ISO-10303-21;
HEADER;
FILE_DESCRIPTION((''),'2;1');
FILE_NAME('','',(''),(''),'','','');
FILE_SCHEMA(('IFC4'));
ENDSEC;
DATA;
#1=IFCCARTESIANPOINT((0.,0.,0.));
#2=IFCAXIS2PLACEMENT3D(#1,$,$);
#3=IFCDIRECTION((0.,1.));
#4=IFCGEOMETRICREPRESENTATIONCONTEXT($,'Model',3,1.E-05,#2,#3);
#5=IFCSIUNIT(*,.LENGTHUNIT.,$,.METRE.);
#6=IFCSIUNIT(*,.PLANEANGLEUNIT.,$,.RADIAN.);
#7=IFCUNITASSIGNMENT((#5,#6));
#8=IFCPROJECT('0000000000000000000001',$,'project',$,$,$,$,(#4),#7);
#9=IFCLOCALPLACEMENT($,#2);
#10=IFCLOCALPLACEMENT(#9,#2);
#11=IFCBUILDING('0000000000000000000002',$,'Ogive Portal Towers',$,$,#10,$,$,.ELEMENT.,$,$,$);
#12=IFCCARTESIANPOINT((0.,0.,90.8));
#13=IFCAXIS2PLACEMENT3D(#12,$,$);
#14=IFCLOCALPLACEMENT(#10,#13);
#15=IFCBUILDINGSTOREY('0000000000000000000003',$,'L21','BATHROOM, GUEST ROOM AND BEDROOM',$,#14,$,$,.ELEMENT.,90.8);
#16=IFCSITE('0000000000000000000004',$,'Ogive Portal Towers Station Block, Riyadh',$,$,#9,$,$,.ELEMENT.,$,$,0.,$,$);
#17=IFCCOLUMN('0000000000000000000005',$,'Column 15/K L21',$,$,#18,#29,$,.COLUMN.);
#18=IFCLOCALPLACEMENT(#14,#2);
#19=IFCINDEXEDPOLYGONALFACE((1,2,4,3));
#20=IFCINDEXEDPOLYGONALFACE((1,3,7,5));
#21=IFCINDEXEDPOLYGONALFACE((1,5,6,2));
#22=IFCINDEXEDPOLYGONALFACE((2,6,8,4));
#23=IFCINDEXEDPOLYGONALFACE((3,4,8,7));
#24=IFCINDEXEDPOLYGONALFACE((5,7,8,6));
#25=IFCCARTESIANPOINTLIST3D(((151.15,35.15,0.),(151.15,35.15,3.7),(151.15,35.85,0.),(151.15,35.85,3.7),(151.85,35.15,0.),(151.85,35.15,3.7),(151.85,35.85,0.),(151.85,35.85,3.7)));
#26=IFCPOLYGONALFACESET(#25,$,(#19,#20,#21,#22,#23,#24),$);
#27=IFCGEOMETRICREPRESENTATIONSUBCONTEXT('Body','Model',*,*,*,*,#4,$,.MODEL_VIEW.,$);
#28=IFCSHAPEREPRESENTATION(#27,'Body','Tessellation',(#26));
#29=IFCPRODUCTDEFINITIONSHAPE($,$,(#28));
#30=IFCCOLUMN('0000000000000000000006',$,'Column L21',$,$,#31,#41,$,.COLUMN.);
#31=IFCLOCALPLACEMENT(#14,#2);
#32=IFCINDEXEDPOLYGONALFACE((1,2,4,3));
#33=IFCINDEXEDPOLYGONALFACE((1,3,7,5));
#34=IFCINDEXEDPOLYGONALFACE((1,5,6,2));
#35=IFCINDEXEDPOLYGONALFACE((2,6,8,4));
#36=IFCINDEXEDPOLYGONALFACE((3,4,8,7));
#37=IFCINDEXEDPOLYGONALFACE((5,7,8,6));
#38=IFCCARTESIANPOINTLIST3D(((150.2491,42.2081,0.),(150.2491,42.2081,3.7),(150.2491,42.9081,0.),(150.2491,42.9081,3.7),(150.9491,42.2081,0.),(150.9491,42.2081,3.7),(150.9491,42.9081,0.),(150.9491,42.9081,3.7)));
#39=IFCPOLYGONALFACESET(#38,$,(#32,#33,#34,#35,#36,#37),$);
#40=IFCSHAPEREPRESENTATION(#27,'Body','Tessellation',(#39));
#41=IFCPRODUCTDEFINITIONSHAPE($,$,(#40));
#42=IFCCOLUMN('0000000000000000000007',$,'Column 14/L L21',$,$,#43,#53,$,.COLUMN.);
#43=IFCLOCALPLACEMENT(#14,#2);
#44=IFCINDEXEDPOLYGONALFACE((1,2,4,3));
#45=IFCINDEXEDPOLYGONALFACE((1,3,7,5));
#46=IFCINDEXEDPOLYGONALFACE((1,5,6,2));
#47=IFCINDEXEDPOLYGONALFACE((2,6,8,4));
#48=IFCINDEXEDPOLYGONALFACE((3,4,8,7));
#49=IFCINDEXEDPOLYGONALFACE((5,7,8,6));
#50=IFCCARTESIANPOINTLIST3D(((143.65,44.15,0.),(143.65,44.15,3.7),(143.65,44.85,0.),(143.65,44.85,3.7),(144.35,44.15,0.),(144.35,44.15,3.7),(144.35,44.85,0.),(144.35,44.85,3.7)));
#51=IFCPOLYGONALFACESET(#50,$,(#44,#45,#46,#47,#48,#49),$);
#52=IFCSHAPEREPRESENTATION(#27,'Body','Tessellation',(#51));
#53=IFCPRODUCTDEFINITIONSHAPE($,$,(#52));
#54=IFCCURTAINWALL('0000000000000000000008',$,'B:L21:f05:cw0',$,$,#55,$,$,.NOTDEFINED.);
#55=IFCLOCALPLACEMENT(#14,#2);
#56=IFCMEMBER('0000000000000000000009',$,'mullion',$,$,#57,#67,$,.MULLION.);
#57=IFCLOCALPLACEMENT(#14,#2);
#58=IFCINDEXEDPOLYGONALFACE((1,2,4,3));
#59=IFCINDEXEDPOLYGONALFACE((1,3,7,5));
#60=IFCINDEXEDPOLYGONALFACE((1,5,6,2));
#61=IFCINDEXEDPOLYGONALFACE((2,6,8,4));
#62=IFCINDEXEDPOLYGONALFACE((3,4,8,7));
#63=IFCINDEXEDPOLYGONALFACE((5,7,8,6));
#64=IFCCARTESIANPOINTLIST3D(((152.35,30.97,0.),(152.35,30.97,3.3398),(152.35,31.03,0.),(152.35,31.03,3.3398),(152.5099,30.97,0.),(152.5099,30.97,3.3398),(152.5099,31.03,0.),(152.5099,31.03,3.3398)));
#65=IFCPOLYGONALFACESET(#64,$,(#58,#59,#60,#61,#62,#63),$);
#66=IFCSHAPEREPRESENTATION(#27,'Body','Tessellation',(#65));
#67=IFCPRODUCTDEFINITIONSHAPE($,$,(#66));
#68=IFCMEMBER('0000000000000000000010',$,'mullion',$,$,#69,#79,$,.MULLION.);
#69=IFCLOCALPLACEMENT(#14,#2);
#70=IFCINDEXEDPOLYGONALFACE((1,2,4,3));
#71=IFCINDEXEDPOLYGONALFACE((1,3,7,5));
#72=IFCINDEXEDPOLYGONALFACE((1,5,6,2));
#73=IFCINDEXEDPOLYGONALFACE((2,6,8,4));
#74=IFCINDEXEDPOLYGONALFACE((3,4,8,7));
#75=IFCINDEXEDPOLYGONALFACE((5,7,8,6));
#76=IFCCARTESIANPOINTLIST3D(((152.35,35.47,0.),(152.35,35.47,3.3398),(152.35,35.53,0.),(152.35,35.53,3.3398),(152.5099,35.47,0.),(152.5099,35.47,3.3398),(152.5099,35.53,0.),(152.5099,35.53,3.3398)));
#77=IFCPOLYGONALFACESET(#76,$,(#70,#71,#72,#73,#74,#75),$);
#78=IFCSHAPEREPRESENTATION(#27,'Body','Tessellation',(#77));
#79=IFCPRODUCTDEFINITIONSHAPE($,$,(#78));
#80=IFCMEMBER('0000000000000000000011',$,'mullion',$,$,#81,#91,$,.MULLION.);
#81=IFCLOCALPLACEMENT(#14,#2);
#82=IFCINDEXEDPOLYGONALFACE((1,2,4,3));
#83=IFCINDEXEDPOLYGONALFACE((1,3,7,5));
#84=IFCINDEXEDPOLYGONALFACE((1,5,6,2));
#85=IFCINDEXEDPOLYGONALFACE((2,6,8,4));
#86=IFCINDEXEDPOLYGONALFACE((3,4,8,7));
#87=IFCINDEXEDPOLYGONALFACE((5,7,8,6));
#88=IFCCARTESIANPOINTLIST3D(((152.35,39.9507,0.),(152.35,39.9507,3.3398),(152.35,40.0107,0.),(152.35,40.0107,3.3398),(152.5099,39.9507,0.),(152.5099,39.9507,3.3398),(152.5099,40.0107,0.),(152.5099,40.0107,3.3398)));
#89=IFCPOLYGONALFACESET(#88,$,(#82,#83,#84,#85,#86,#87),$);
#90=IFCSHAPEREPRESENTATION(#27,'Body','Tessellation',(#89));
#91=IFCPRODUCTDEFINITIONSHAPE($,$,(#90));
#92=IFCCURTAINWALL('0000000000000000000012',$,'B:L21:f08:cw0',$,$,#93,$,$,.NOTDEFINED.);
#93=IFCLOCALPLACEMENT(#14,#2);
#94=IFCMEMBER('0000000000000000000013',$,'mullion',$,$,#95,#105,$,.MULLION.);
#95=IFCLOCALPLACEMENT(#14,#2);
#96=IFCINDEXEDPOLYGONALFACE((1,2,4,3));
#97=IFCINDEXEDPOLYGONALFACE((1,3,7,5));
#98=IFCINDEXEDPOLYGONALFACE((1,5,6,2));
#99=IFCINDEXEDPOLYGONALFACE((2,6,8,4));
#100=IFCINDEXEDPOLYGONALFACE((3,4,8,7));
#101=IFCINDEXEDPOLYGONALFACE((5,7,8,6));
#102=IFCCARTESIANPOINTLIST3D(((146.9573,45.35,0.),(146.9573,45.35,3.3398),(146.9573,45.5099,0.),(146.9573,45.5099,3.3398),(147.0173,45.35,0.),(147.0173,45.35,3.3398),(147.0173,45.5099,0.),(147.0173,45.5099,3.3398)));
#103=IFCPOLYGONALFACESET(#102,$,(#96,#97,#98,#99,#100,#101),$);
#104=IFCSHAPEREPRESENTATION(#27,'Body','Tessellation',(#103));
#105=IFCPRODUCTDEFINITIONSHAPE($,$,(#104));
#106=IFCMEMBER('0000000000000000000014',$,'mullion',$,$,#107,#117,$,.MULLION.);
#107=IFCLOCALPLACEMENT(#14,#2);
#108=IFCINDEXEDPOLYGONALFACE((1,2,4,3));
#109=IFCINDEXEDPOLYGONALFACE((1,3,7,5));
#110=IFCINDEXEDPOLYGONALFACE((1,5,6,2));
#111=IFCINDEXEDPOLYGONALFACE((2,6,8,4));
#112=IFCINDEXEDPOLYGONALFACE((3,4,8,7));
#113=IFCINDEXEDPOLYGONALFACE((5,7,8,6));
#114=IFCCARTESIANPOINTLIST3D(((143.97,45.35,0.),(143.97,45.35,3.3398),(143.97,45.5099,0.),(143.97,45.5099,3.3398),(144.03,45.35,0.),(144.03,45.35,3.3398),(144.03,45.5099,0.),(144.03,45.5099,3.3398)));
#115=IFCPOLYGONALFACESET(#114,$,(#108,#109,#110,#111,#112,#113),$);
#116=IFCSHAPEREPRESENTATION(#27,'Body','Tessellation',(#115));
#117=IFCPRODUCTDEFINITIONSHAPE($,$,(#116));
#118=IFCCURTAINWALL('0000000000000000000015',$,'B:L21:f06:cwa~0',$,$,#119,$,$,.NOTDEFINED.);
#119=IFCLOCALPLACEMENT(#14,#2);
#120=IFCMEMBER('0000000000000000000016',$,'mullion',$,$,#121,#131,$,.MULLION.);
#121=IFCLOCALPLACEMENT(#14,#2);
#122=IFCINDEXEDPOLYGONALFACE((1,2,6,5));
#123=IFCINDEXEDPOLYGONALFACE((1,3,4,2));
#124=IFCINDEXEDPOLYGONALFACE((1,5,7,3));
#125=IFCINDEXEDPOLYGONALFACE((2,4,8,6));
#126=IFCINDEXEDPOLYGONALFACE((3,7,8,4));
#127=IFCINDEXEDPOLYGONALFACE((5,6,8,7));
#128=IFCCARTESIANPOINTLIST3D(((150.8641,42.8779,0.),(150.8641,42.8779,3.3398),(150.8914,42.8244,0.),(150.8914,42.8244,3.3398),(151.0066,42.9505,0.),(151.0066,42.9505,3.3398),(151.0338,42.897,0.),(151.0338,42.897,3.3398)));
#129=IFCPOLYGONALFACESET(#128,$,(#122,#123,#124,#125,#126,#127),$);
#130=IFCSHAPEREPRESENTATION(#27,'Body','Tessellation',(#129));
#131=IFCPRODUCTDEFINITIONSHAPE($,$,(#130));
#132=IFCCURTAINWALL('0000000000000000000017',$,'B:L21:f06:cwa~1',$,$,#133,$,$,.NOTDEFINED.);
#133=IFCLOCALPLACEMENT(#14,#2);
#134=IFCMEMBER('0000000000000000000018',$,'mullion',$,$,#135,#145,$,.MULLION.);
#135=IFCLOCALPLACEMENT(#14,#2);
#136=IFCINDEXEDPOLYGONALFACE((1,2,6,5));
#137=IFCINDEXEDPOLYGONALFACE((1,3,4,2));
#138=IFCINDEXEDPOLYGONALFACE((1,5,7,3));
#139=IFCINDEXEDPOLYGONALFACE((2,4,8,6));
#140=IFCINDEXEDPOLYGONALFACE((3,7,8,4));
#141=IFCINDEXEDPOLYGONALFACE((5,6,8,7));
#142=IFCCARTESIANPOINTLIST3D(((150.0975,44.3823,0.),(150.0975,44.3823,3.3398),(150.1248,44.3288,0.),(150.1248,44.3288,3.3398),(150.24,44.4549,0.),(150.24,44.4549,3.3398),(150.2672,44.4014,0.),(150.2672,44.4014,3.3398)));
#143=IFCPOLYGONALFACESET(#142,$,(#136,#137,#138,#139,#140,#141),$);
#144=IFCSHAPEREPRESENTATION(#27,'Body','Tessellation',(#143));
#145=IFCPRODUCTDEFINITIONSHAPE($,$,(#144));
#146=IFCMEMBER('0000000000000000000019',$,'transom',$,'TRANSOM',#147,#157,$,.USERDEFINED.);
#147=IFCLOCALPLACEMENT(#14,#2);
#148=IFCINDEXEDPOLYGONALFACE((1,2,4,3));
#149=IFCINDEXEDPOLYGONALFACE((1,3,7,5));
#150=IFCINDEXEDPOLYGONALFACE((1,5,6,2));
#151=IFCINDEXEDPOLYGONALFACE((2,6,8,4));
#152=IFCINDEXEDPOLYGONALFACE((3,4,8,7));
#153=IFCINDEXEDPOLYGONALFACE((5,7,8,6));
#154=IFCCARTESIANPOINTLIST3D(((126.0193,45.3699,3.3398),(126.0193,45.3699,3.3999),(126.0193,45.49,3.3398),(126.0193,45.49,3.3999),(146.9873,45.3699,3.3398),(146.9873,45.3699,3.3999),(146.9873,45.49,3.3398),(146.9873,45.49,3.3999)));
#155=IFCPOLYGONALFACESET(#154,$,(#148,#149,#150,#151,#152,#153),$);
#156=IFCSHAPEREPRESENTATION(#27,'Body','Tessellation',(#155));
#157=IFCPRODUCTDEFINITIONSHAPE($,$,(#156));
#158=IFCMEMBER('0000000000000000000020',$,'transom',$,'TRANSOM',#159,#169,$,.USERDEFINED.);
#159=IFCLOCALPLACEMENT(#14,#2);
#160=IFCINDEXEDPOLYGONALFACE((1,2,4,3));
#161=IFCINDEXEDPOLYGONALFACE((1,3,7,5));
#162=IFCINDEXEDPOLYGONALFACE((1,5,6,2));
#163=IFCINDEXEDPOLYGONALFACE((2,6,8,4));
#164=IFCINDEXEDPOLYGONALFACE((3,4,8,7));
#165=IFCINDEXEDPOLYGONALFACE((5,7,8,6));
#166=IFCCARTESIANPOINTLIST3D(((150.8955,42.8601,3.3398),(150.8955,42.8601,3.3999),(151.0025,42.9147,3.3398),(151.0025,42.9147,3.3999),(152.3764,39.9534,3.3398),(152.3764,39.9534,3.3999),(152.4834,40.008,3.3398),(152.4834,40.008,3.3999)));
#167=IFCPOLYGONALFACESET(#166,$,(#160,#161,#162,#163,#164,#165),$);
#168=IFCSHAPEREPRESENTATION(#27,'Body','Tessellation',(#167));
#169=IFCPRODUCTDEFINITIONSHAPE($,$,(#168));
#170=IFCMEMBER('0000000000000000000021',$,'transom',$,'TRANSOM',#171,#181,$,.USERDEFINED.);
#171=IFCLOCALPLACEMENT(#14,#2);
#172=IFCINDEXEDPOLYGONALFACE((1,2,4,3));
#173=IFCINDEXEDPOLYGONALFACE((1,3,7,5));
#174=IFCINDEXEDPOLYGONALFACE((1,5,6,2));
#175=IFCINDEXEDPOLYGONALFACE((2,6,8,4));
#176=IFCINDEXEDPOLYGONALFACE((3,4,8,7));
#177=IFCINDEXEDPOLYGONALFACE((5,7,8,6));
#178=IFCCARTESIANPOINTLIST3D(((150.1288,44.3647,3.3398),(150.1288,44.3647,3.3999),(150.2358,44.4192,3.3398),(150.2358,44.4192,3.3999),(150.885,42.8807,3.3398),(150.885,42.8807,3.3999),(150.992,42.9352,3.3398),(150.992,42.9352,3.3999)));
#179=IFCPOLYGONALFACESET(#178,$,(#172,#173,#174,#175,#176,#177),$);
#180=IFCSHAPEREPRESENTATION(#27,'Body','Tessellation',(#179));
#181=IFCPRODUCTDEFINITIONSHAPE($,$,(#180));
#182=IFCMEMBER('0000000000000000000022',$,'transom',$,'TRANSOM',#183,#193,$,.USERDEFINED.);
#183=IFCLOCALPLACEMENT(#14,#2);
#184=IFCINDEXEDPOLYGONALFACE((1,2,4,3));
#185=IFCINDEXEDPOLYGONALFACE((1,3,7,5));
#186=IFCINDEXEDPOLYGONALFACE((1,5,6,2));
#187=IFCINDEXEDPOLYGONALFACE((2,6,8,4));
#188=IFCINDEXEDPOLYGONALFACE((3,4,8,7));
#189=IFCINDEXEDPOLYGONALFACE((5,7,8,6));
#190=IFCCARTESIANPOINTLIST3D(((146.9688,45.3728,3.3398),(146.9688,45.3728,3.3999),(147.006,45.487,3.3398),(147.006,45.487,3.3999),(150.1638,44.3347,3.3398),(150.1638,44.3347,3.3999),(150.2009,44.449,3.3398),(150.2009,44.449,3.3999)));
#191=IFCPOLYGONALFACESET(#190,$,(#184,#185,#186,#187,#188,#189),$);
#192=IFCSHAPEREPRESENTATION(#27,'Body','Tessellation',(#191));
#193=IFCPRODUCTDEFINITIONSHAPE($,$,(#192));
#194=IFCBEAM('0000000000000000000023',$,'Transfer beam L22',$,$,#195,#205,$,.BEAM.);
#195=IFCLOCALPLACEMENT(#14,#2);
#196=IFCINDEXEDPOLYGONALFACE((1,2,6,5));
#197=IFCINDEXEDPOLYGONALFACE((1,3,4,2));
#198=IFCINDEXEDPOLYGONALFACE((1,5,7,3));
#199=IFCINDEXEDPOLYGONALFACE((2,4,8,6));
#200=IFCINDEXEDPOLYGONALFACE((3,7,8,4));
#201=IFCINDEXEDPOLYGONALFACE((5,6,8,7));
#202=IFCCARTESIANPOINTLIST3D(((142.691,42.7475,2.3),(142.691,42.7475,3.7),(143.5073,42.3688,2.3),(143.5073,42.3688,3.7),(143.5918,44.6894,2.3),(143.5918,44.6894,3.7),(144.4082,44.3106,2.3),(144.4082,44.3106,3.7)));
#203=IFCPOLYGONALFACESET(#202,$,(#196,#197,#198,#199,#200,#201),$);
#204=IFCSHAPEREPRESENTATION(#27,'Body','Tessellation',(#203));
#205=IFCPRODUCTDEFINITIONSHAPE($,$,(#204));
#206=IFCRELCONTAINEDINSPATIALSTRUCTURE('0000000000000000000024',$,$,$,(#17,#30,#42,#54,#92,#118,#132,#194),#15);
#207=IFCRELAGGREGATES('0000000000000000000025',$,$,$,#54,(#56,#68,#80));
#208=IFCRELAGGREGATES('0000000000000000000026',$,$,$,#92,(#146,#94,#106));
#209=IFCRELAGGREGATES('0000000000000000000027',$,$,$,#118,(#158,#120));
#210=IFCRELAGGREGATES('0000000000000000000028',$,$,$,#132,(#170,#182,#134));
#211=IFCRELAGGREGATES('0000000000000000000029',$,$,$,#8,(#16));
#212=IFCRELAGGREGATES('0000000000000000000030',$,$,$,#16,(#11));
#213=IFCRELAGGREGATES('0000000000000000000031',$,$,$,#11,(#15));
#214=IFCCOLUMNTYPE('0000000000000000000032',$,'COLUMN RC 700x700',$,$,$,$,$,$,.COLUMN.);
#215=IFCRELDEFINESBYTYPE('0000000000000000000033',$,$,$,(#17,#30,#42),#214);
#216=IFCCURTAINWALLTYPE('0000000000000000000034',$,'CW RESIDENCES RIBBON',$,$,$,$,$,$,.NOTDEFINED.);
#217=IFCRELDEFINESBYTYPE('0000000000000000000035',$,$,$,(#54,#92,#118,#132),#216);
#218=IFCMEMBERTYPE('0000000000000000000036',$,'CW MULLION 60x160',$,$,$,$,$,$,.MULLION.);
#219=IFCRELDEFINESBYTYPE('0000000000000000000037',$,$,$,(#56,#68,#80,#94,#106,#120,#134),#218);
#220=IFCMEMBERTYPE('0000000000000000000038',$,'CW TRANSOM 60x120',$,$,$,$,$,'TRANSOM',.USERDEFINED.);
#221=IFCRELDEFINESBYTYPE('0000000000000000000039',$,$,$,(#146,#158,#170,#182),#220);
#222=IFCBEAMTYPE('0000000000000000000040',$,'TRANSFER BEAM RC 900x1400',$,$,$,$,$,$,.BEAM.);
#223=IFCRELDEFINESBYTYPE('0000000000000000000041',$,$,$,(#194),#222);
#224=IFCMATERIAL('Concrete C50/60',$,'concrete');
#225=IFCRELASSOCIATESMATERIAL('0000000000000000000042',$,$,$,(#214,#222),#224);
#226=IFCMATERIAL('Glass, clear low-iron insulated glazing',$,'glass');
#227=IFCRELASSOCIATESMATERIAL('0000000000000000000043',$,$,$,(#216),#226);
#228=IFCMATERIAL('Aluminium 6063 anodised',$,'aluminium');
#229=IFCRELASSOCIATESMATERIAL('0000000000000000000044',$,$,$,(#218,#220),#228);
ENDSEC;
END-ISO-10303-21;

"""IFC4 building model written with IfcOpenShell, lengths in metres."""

from ifc_helpers import new_model, si_unit, direction, frame, origin, origin_2d, place, context, subcontext, project, spatial, rectangle, extrude, material, material_profile, profile_set, type_object, element, aggregate, save


model = new_model("IFC4")

# Units and contexts
model_context = context("Model", 3, precision=1e-05, world=origin(), true_north=direction((0.0, 1.0)))
body_context = subcontext(model_context, "Body", "Model", "MODEL_VIEW")
ifc_project = project(units=[si_unit("LENGTHUNIT", "METRE"), si_unit("PLANEANGLEUNIT", "RADIAN")], contexts=[model_context])

# Site, building, storey
site_placement = place(None, origin())
site = spatial("IfcSite", under=ifc_project, at=site_placement, Name="Ogive Portal Towers Station Block, Riyadh", CompositionType="ELEMENT", RefElevation=0.0)
building_placement = place(site_placement, origin())
building = spatial("IfcBuilding", under=site, at=building_placement, Name="Ogive Portal Towers", CompositionType="ELEMENT")
storey_placement = place(building_placement, frame((0.0, 0.0, 90.8)))
storey = spatial("IfcBuildingStorey", under=building, at=storey_placement, Name="L21", Description="BATHROOM, GUEST ROOM AND BEDROOM", CompositionType="ELEMENT", Elevation=90.8)

# Columns
ifc_material_1 = material(Name="Concrete C50/60", Category="concrete")
ifc_material_profile_1 = material_profile(ifc_material_1, rectangle(XDim=0.7, YDim=0.7, at=origin_2d()), Name="RC 700x700")
ifc_profile_set_1 = profile_set([ifc_material_profile_1], Name="Concrete C50/60")
column_type = type_object("IfcColumnType", Name="COLUMN RC 700x700", PredefinedType="COLUMN", material=ifc_profile_set_1)
for number, where, z_axis, x_axis, name in (
    (1, (151.5, 35.5, 0.0), (0.0, 0.0, 1.0), (1.0, 0.0, 0.0), "Column 15/K L21"),
    (2, (150.5991, 42.5581, 0.0), (0.0, 0.0, 1.0), (1.0, 0.0, 0.0), "Column L21"),
    (3, (144.0, 44.5, 0.0), (0.0, 0.0, 1.0), (1.0, 0.0, 0.0), "Column 14/L L21"),
):
    element("IfcColumn", number, at=place(storey_placement, frame(where, z_axis=z_axis, x_axis=x_axis)), inside=storey, type_object=column_type, Name=name, PredefinedType="COLUMN", context=body_context, shape_type="SweptSolid", body=[
        extrude(rectangle(XDim=0.7, YDim=0.7, at=origin_2d()), origin(), (0.0, 0.0, 1.0), 3.7),
    ])

# Curtain walls, members
ifc_material_2 = material(Name="Glass, clear low-iron insulated glazing", Category="glass")
curtain_wall_type = type_object("IfcCurtainWallType", Name="CW RESIDENCES RIBBON", PredefinedType="NOTDEFINED", material=ifc_material_2)
curtain_wall_1_placement = place(storey_placement, origin())
curtain_wall_1 = element("IfcCurtainWall", 4, at=curtain_wall_1_placement, inside=storey, type_object=curtain_wall_type, Name="B:L21:f05:cw0", PredefinedType="NOTDEFINED")
ifc_material_3 = material(Name="Aluminium 6063 anodised", Category="aluminium")
ifc_material_profile_2 = material_profile(ifc_material_3, rectangle(XDim=0.1599, YDim=0.0601, at=origin_2d()), Name="AL 60x160")
ifc_profile_set_2 = profile_set([ifc_material_profile_2], Name="Aluminium 6063 anodised")
member_type_1 = type_object("IfcMemberType", Name="CW MULLION 60x160", PredefinedType="MULLION", material=ifc_profile_set_2)
member_1_placement = place(storey_placement, frame((152.4299, 31.0, 0.0), z_axis=(0.0, 0.0, 1.0), x_axis=(-1.0, 0.0, 0.0)))
member_1 = element("IfcMember", 5, at=member_1_placement, type_object=member_type_1, Name="mullion", PredefinedType="MULLION", context=body_context, shape_type="SweptSolid", body=[
    extrude(rectangle(XDim=0.1599, YDim=0.0601, at=origin_2d()), origin(), (0.0, 0.0, 1.0), 3.3398),
])
member_2_placement = place(storey_placement, frame((152.4299, 35.5, 0.0), z_axis=(0.0, 0.0, 1.0), x_axis=(-1.0, 0.0, 0.0)))
member_2 = element("IfcMember", 6, at=member_2_placement, type_object=member_type_1, Name="mullion", PredefinedType="MULLION", context=body_context, shape_type="SweptSolid", body=[
    extrude(rectangle(XDim=0.1599, YDim=0.0601, at=origin_2d()), origin(), (0.0, 0.0, 1.0), 3.3398),
])
member_3_placement = place(storey_placement, frame((152.4299, 39.9807, 0.0), z_axis=(0.0, 0.0, 1.0), x_axis=(-1.0, 0.0, 0.0)))
member_3 = element("IfcMember", 7, at=member_3_placement, type_object=member_type_1, Name="mullion", PredefinedType="MULLION", context=body_context, shape_type="SweptSolid", body=[
    extrude(rectangle(XDim=0.1599, YDim=0.0601, at=origin_2d()), origin(), (0.0, 0.0, 1.0), 3.3398),
])
curtain_wall_2_placement = place(storey_placement, origin())
curtain_wall_2 = element("IfcCurtainWall", 8, at=curtain_wall_2_placement, inside=storey, type_object=curtain_wall_type, Name="B:L21:f08:cw0", PredefinedType="NOTDEFINED")
member_4_placement = place(storey_placement, frame((146.9873, 45.4299, 0.0), z_axis=(0.0, 0.0, 1.0), x_axis=(0.0, -1.0, 0.0)))
member_4 = element("IfcMember", 9, at=member_4_placement, type_object=member_type_1, Name="mullion", PredefinedType="MULLION", context=body_context, shape_type="SweptSolid", body=[
    extrude(rectangle(XDim=0.1599, YDim=0.0601, at=origin_2d()), origin(), (0.0, 0.0, 1.0), 3.3398),
])
member_5_placement = place(storey_placement, frame((144.0, 45.4299, 0.0), z_axis=(0.0, 0.0, 1.0), x_axis=(0.0, -1.0, 0.0)))
member_5 = element("IfcMember", 10, at=member_5_placement, type_object=member_type_1, Name="mullion", PredefinedType="MULLION", context=body_context, shape_type="SweptSolid", body=[
    extrude(rectangle(XDim=0.1599, YDim=0.0601, at=origin_2d()), origin(), (0.0, 0.0, 1.0), 3.3398),
])

# Curtain walls, members
curtain_wall_3_placement = place(storey_placement, origin())
curtain_wall_3 = element("IfcCurtainWall", 11, at=curtain_wall_3_placement, inside=storey, type_object=curtain_wall_type, Name="B:L21:f06:cwa~0", PredefinedType="NOTDEFINED")
member_6_placement = place(storey_placement, frame((150.949, 42.8875, 0.0), z_axis=(0.0, 0.0, 1.0), x_axis=(-0.891007, -0.45399, 0.0)))
member_6 = element("IfcMember", 12, at=member_6_placement, type_object=member_type_1, Name="mullion", PredefinedType="MULLION", context=body_context, shape_type="SweptSolid", body=[
    extrude(rectangle(XDim=0.1599, YDim=0.0601, at=origin_2d()), origin(), (0.0, 0.0, 1.0), 3.3398),
])
curtain_wall_4_placement = place(storey_placement, origin())
curtain_wall_4 = element("IfcCurtainWall", 13, at=curtain_wall_4_placement, inside=storey, type_object=curtain_wall_type, Name="B:L21:f06:cwa~1", PredefinedType="NOTDEFINED")
member_7_placement = place(storey_placement, frame((150.1824, 44.3918, 0.0), z_axis=(0.0, 0.0, 1.0), x_axis=(-0.891007, -0.45399, 0.0)))
member_7 = element("IfcMember", 14, at=member_7_placement, type_object=member_type_1, Name="mullion", PredefinedType="MULLION", context=body_context, shape_type="SweptSolid", body=[
    extrude(rectangle(XDim=0.1599, YDim=0.0601, at=origin_2d()), origin(), (0.0, 0.0, 1.0), 3.3398),
])

# Members
ifc_material_profile_3 = material_profile(ifc_material_3, rectangle(XDim=0.1201, YDim=0.0601, at=origin_2d()), Name="AL 120x60")
ifc_profile_set_3 = profile_set([ifc_material_profile_3], Name="Aluminium 6063 anodised")
member_type_2 = type_object("IfcMemberType", Name="CW TRANSOM 60x120", ElementType="TRANSOM", PredefinedType="USERDEFINED", material=ifc_profile_set_3)
member_8_placement = place(storey_placement, frame((146.9873, 45.4299, 3.3699), z_axis=(-1.0, 0.0, 0.0), x_axis=(0.0, -1.0, 0.0)))
member_8 = element("IfcMember", 15, at=member_8_placement, type_object=member_type_2, Name="transom", ObjectType="TRANSOM", PredefinedType="USERDEFINED", context=body_context, shape_type="SweptSolid", body=[
    extrude(rectangle(XDim=0.1201, YDim=0.0601, at=origin_2d()), origin(), (0.0, 0.0, 1.0), 20.968),
])
member_9_placement = place(storey_placement, frame((152.4299, 39.9807, 3.3699), z_axis=(-0.453966, 0.891019, 0.0), x_axis=(-0.891019, -0.453966, 0.0)))
member_9 = element("IfcMember", 16, at=member_9_placement, type_object=member_type_2, Name="transom", ObjectType="TRANSOM", PredefinedType="USERDEFINED", context=body_context, shape_type="SweptSolid", body=[
    extrude(rectangle(XDim=0.1201, YDim=0.0601, at=origin_2d()), origin(), (0.0, 0.0, 1.0), 3.2622),
])
member_10_placement = place(storey_placement, frame((150.9385, 42.908, 3.3699), z_axis=(-0.454003, 0.891, 0.0), x_axis=(-0.891, -0.454003, 0.0)))
member_10 = element("IfcMember", 17, at=member_10_placement, type_object=member_type_2, Name="transom", ObjectType="TRANSOM", PredefinedType="USERDEFINED", context=body_context, shape_type="SweptSolid", body=[
    extrude(rectangle(XDim=0.1201, YDim=0.0601, at=origin_2d()), origin(), (0.0, 0.0, 1.0), 1.6655),
])
member_11_placement = place(storey_placement, frame((150.1824, 44.3918, 3.3699), z_axis=(-0.951061, 0.309002, 0.0), x_axis=(-0.309002, -0.951061, 0.0)))
member_11 = element("IfcMember", 18, at=member_11_placement, type_object=member_type_2, Name="transom", ObjectType="TRANSOM", PredefinedType="USERDEFINED", context=body_context, shape_type="SweptSolid", body=[
    extrude(rectangle(XDim=0.1201, YDim=0.0601, at=origin_2d()), origin(), (0.0, 0.0, 1.0), 3.3594),
])

# Beam
ifc_material_profile_4 = material_profile(ifc_material_1, rectangle(XDim=0.8999, YDim=1.3999, at=origin_2d()), Name="RC 900x1400")
ifc_profile_set_4 = profile_set([ifc_material_profile_4], Name="Concrete C50/60")
beam_type = type_object("IfcBeamType", Name="TRANSFER BEAM RC 900x1400", PredefinedType="BEAM", material=ifc_profile_set_4)
beam_placement = place(storey_placement, frame((144.0, 44.5, 3.0), z_axis=(-0.420837, -0.907136, 0.0), x_axis=(0.907136, -0.420837, 0.0)))
element("IfcBeam", 19, at=beam_placement, inside=storey, type_object=beam_type, Name="Transfer beam L22", PredefinedType="BEAM", context=body_context, shape_type="SweptSolid", body=[
    extrude(rectangle(XDim=0.8999, YDim=1.3999, at=origin_2d()), origin(), (0.0, 0.0, 1.0), 2.1406),
])

aggregate(curtain_wall_1, [member_1, member_2, member_3])
aggregate(curtain_wall_2, [member_8, member_4, member_5])
aggregate(curtain_wall_3, [member_9, member_6])
aggregate(curtain_wall_4, [member_10, member_11, member_7])

save(model, "model.ifc")
